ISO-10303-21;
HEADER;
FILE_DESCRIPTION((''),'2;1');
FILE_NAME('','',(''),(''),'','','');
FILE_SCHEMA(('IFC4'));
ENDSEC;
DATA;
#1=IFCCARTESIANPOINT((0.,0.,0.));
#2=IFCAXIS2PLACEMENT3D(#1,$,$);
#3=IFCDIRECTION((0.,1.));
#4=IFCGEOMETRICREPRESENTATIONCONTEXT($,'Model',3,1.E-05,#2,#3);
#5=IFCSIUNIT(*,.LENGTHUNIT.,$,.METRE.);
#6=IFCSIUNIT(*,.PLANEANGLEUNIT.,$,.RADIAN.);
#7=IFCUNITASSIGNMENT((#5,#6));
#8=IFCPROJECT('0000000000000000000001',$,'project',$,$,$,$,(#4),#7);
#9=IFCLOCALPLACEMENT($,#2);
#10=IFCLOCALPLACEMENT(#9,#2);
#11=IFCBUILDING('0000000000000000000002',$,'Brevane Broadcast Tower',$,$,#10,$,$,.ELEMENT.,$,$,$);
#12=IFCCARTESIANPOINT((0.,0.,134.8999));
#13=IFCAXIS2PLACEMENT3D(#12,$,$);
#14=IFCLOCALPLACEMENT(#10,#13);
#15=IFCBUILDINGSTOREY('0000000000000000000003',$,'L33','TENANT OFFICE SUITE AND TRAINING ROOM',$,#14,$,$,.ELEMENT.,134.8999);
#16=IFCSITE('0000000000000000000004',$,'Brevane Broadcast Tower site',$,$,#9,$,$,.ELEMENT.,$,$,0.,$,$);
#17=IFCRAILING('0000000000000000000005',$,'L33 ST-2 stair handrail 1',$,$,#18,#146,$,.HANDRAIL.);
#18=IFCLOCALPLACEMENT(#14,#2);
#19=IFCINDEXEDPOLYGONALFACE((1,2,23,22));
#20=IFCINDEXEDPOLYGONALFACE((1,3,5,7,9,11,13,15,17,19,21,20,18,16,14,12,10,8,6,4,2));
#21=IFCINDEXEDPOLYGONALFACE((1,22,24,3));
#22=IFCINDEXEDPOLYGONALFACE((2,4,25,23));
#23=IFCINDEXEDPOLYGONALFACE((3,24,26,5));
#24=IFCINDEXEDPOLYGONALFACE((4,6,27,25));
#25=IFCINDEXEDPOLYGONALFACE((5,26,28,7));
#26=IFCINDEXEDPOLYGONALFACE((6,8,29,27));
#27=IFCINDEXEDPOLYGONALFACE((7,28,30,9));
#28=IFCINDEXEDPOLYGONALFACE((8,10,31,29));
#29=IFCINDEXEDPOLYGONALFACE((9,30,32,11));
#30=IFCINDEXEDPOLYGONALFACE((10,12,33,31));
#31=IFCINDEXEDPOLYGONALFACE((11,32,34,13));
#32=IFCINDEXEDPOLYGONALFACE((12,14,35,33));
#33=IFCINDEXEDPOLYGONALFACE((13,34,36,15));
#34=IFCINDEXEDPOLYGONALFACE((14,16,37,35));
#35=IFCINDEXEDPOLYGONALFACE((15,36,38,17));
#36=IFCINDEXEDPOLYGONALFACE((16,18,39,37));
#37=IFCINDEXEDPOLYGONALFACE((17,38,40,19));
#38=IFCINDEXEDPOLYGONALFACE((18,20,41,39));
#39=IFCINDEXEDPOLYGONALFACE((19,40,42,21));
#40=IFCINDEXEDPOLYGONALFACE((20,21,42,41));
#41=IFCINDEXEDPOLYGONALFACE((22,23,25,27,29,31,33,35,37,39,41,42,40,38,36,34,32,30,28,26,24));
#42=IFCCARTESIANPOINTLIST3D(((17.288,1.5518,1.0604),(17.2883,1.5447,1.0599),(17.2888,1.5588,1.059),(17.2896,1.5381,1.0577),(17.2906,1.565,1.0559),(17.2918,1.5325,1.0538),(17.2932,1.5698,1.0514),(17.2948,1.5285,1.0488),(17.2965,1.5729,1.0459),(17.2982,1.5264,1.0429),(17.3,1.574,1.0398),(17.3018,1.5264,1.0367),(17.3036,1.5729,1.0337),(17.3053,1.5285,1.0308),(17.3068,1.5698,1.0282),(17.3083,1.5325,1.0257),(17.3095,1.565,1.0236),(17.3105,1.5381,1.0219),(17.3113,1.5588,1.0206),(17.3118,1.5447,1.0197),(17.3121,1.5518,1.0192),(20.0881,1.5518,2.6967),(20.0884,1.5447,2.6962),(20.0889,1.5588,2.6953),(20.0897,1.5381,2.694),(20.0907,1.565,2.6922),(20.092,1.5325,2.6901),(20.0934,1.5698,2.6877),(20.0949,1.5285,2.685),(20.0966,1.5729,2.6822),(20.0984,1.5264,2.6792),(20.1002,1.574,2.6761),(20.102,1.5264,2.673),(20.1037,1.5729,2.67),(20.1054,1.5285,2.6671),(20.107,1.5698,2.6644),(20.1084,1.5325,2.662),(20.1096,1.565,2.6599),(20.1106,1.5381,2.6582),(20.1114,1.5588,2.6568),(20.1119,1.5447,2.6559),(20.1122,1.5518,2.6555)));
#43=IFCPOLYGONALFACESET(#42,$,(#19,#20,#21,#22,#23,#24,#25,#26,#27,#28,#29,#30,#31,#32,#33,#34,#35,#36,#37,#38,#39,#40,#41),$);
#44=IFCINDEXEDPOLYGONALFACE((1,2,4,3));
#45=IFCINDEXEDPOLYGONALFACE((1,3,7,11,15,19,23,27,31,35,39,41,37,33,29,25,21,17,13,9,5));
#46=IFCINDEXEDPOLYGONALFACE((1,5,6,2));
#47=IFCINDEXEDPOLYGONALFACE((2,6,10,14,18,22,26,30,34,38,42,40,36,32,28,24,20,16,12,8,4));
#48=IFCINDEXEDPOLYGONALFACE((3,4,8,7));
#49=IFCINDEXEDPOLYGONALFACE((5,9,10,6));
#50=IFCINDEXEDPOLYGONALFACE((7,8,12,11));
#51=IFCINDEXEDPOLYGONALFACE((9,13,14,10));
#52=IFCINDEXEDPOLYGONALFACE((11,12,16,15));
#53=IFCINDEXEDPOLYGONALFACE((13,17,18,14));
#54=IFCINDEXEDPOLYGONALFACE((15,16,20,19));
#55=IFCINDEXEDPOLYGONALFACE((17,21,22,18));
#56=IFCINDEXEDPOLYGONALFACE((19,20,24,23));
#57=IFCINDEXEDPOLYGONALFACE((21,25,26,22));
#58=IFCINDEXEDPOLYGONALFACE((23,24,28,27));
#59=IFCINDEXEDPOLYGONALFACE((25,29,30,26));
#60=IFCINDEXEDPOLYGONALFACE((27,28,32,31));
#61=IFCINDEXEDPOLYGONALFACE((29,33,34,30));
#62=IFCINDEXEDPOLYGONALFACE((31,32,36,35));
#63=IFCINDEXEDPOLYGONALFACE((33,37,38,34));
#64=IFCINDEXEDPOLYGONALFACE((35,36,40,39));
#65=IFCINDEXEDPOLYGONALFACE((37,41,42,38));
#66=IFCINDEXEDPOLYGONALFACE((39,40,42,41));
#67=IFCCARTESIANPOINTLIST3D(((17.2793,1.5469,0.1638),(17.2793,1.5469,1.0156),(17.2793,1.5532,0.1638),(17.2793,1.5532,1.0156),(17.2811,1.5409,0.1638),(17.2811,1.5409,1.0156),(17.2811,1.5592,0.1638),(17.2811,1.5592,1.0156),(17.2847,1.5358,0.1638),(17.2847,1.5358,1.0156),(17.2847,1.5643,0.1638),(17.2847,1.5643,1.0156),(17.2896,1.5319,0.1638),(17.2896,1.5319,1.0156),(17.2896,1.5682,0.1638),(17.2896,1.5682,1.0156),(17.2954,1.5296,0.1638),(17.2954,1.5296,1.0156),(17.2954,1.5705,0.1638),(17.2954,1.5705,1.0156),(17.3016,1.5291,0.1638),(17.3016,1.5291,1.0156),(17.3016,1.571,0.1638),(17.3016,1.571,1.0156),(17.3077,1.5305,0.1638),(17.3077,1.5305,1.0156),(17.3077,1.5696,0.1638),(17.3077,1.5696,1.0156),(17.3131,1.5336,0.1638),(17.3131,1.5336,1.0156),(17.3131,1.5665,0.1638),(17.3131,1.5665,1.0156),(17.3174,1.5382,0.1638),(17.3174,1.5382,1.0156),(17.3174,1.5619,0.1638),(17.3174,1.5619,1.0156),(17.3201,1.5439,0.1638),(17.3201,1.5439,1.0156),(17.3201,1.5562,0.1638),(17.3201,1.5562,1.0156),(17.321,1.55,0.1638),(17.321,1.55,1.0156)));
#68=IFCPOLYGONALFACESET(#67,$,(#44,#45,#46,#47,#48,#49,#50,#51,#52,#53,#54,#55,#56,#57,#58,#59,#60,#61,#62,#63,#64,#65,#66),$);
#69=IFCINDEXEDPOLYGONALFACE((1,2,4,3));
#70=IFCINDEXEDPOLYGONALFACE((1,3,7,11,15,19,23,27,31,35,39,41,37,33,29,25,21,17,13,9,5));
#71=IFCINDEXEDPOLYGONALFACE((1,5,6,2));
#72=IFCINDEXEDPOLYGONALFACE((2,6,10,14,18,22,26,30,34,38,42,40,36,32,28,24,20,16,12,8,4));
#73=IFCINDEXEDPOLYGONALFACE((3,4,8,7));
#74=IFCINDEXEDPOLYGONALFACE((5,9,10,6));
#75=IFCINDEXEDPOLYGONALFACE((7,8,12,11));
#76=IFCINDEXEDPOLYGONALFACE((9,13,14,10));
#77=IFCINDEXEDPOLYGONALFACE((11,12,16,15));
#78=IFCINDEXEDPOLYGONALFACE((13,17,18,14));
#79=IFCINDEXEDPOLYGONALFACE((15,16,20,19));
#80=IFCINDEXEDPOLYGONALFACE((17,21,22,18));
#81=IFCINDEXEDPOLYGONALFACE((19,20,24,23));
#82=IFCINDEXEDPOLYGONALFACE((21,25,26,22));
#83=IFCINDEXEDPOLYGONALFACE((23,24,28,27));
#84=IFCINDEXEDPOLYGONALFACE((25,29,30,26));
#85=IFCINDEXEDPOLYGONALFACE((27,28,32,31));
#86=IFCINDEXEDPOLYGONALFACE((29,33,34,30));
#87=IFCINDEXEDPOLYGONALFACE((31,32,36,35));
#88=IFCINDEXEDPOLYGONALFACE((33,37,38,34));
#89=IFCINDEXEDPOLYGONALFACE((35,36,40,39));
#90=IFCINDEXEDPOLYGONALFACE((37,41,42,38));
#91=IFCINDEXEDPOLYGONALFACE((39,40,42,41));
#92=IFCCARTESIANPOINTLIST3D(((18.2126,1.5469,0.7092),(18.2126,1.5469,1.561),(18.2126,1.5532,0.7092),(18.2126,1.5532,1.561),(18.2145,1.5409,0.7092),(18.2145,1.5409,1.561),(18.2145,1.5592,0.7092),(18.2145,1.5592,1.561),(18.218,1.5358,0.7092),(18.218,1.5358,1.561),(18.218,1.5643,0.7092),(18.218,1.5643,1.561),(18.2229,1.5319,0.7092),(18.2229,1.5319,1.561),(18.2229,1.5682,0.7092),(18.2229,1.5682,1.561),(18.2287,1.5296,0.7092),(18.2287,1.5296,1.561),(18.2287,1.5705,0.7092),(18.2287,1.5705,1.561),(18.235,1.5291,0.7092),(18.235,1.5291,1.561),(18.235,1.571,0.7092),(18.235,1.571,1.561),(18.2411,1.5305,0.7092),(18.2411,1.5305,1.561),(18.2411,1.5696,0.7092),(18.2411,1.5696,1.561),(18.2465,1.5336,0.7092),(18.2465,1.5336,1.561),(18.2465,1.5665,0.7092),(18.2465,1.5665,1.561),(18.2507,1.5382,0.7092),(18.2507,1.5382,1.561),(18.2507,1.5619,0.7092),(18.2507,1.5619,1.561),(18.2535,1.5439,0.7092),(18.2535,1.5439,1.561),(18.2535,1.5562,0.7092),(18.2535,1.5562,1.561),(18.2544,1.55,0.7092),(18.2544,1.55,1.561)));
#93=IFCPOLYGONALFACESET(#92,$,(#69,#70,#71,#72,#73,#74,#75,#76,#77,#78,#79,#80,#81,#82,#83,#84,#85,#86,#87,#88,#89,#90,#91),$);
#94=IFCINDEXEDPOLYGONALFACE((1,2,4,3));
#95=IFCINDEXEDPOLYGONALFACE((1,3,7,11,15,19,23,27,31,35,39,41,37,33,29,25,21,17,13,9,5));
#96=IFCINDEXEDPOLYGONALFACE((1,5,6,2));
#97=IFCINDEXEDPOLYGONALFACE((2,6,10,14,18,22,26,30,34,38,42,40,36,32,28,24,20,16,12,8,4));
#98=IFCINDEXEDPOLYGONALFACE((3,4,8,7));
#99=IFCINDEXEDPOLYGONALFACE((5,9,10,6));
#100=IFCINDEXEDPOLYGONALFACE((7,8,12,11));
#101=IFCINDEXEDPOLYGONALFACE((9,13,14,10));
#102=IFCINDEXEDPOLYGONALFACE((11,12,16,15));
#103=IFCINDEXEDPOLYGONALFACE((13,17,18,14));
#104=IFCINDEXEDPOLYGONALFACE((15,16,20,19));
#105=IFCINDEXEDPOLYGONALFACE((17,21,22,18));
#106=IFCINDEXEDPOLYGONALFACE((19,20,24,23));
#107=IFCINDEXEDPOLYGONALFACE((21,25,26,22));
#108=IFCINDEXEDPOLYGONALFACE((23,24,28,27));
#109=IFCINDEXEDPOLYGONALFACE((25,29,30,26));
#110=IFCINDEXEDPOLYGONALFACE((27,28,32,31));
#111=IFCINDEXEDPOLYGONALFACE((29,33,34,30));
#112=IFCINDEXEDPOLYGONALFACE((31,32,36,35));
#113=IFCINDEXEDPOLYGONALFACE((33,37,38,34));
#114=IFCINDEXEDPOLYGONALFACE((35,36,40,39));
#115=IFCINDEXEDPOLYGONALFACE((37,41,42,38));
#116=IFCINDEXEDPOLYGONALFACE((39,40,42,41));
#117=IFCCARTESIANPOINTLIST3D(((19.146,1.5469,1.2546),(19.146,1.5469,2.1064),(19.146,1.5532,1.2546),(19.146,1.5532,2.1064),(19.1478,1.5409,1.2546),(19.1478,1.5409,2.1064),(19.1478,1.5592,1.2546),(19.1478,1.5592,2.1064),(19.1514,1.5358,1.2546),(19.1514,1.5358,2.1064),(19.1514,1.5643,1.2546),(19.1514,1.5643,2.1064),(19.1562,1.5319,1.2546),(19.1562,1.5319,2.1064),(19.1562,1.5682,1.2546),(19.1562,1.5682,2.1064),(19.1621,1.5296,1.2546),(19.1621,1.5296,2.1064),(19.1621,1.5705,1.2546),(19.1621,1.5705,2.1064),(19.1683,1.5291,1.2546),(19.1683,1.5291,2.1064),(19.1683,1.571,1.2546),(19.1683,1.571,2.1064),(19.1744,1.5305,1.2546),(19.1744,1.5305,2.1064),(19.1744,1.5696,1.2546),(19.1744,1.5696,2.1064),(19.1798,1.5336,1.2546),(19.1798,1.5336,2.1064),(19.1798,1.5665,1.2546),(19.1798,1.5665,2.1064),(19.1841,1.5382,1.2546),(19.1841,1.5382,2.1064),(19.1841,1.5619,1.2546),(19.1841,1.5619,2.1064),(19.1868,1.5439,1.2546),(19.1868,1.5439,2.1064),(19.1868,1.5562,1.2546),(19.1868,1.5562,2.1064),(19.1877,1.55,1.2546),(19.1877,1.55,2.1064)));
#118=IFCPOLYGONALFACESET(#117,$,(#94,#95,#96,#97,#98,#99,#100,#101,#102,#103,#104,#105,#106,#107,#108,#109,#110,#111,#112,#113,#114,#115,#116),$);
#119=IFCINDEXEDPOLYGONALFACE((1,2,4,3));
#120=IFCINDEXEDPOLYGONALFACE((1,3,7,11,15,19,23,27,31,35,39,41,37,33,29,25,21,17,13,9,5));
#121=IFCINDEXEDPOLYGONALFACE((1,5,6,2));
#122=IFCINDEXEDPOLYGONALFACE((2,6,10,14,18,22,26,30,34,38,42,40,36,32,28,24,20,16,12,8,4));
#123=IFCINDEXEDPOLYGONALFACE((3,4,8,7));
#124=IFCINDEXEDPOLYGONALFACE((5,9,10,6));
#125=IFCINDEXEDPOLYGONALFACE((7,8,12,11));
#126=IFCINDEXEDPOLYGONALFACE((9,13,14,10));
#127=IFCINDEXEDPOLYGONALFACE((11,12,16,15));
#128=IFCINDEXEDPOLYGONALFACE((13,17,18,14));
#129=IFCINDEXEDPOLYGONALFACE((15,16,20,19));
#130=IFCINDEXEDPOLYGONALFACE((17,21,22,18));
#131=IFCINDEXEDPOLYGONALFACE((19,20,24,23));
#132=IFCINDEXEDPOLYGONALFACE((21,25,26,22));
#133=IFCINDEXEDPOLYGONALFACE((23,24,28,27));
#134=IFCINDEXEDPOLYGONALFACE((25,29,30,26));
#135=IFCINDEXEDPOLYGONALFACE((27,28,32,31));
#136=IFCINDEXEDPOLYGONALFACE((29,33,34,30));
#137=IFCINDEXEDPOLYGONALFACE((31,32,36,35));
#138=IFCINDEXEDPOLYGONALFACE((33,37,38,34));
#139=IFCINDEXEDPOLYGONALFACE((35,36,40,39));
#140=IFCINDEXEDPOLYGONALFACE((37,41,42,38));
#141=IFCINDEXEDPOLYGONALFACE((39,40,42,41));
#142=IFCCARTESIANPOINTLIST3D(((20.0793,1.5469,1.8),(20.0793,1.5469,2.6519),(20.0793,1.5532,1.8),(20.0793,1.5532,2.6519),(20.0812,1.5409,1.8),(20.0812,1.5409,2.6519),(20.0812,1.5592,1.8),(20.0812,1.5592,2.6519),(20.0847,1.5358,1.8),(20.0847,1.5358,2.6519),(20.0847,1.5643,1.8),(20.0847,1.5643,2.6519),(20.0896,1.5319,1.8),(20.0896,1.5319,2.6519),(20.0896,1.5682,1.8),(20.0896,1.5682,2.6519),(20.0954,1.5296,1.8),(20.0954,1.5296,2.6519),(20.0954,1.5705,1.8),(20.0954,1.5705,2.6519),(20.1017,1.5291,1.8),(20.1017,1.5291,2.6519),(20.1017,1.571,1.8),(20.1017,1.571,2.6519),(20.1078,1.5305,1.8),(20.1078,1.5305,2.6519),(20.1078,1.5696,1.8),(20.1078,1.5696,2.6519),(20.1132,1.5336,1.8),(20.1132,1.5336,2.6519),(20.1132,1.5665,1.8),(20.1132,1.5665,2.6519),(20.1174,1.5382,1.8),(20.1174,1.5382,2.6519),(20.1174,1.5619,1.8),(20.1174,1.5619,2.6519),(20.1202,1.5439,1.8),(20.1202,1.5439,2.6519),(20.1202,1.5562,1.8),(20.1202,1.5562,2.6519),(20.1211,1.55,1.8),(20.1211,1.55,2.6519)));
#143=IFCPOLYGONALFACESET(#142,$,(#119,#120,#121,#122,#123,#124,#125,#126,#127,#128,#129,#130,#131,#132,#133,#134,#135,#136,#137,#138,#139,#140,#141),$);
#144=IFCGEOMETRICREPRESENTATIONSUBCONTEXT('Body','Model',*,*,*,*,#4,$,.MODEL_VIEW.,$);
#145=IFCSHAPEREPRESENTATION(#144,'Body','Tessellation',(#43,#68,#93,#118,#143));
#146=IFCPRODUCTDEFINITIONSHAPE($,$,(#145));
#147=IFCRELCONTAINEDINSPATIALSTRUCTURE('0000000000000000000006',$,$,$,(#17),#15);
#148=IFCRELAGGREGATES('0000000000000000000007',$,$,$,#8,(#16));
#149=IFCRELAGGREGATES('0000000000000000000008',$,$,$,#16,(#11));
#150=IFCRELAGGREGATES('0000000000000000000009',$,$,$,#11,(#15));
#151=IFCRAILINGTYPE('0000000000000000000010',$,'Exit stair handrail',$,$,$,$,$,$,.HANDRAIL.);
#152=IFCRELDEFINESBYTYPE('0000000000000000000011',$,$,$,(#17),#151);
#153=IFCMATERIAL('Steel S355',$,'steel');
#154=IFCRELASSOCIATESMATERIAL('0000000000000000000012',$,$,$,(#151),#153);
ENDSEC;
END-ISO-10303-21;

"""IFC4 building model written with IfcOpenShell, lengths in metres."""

from ifc_helpers import new_model, si_unit, direction, frame, origin, origin_2d, place, context, subcontext, project, spatial, circle, extrude, material, type_object, element, save


model = new_model("IFC4")

# Units and contexts
model_context = context("Model", 3, precision=1e-05, world=origin(), true_north=direction((0.0, 1.0)))
body_context = subcontext(model_context, "Body", "Model", "MODEL_VIEW")
ifc_project = project(units=[si_unit("LENGTHUNIT", "METRE"), si_unit("PLANEANGLEUNIT", "RADIAN")], contexts=[model_context])

# Site, building, storey
site_placement = place(None, origin())
site = spatial("IfcSite", under=ifc_project, at=site_placement, Name="Brevane Broadcast Tower site", CompositionType="ELEMENT", RefElevation=0.0)
building_placement = place(site_placement, origin())
building = spatial("IfcBuilding", under=site, at=building_placement, Name="Brevane Broadcast Tower", CompositionType="ELEMENT")
storey_placement = place(building_placement, frame((0.0, 0.0, 134.8999)))
storey = spatial("IfcBuildingStorey", under=building, at=storey_placement, Name="L33", Description="TENANT OFFICE SUITE AND TRAINING ROOM", CompositionType="ELEMENT", Elevation=134.8999)

# Railing
ifc_material_1 = material(Name="Steel S355", Category="steel")
railing_type = type_object("IfcRailingType", Name="Exit stair handrail", PredefinedType="HANDRAIL", material=ifc_material_1)
railing_placement = place(storey_placement, frame((17.3, 1.55, 0.1638)))
element("IfcRailing", 1, at=railing_placement, inside=storey, type_object=railing_type, Name="L33 ST-2 stair handrail 1", PredefinedType="HANDRAIL", context=body_context, shape_type="SweptSolid", body=[
    extrude(circle(Radius=0.0239, at=origin_2d()), frame((0.0, 0.0, 0.876), z_axis=(0.863394, 0.0, 0.504531), x_axis=(0.0, 1.0, 0.0)), (0.0, 0.0, 1.0), 3.2432),
    extrude(circle(Radius=0.021, at=origin_2d()), origin(), (0.0, 0.0, 1.0), 0.8518),
    extrude(circle(Radius=0.021, at=origin_2d()), frame((0.9333, 0.0, 0.5454)), (0.0, 0.0, 1.0), 0.8518),
    extrude(circle(Radius=0.021, at=origin_2d()), frame((1.8667, 0.0, 1.0908)), (0.0, 0.0, 1.0), 0.8518),
    extrude(circle(Radius=0.021, at=origin_2d()), frame((2.8, 0.0, 1.6362)), (0.0, 0.0, 1.0), 0.8518),
])

save(model, "model.ifc")
